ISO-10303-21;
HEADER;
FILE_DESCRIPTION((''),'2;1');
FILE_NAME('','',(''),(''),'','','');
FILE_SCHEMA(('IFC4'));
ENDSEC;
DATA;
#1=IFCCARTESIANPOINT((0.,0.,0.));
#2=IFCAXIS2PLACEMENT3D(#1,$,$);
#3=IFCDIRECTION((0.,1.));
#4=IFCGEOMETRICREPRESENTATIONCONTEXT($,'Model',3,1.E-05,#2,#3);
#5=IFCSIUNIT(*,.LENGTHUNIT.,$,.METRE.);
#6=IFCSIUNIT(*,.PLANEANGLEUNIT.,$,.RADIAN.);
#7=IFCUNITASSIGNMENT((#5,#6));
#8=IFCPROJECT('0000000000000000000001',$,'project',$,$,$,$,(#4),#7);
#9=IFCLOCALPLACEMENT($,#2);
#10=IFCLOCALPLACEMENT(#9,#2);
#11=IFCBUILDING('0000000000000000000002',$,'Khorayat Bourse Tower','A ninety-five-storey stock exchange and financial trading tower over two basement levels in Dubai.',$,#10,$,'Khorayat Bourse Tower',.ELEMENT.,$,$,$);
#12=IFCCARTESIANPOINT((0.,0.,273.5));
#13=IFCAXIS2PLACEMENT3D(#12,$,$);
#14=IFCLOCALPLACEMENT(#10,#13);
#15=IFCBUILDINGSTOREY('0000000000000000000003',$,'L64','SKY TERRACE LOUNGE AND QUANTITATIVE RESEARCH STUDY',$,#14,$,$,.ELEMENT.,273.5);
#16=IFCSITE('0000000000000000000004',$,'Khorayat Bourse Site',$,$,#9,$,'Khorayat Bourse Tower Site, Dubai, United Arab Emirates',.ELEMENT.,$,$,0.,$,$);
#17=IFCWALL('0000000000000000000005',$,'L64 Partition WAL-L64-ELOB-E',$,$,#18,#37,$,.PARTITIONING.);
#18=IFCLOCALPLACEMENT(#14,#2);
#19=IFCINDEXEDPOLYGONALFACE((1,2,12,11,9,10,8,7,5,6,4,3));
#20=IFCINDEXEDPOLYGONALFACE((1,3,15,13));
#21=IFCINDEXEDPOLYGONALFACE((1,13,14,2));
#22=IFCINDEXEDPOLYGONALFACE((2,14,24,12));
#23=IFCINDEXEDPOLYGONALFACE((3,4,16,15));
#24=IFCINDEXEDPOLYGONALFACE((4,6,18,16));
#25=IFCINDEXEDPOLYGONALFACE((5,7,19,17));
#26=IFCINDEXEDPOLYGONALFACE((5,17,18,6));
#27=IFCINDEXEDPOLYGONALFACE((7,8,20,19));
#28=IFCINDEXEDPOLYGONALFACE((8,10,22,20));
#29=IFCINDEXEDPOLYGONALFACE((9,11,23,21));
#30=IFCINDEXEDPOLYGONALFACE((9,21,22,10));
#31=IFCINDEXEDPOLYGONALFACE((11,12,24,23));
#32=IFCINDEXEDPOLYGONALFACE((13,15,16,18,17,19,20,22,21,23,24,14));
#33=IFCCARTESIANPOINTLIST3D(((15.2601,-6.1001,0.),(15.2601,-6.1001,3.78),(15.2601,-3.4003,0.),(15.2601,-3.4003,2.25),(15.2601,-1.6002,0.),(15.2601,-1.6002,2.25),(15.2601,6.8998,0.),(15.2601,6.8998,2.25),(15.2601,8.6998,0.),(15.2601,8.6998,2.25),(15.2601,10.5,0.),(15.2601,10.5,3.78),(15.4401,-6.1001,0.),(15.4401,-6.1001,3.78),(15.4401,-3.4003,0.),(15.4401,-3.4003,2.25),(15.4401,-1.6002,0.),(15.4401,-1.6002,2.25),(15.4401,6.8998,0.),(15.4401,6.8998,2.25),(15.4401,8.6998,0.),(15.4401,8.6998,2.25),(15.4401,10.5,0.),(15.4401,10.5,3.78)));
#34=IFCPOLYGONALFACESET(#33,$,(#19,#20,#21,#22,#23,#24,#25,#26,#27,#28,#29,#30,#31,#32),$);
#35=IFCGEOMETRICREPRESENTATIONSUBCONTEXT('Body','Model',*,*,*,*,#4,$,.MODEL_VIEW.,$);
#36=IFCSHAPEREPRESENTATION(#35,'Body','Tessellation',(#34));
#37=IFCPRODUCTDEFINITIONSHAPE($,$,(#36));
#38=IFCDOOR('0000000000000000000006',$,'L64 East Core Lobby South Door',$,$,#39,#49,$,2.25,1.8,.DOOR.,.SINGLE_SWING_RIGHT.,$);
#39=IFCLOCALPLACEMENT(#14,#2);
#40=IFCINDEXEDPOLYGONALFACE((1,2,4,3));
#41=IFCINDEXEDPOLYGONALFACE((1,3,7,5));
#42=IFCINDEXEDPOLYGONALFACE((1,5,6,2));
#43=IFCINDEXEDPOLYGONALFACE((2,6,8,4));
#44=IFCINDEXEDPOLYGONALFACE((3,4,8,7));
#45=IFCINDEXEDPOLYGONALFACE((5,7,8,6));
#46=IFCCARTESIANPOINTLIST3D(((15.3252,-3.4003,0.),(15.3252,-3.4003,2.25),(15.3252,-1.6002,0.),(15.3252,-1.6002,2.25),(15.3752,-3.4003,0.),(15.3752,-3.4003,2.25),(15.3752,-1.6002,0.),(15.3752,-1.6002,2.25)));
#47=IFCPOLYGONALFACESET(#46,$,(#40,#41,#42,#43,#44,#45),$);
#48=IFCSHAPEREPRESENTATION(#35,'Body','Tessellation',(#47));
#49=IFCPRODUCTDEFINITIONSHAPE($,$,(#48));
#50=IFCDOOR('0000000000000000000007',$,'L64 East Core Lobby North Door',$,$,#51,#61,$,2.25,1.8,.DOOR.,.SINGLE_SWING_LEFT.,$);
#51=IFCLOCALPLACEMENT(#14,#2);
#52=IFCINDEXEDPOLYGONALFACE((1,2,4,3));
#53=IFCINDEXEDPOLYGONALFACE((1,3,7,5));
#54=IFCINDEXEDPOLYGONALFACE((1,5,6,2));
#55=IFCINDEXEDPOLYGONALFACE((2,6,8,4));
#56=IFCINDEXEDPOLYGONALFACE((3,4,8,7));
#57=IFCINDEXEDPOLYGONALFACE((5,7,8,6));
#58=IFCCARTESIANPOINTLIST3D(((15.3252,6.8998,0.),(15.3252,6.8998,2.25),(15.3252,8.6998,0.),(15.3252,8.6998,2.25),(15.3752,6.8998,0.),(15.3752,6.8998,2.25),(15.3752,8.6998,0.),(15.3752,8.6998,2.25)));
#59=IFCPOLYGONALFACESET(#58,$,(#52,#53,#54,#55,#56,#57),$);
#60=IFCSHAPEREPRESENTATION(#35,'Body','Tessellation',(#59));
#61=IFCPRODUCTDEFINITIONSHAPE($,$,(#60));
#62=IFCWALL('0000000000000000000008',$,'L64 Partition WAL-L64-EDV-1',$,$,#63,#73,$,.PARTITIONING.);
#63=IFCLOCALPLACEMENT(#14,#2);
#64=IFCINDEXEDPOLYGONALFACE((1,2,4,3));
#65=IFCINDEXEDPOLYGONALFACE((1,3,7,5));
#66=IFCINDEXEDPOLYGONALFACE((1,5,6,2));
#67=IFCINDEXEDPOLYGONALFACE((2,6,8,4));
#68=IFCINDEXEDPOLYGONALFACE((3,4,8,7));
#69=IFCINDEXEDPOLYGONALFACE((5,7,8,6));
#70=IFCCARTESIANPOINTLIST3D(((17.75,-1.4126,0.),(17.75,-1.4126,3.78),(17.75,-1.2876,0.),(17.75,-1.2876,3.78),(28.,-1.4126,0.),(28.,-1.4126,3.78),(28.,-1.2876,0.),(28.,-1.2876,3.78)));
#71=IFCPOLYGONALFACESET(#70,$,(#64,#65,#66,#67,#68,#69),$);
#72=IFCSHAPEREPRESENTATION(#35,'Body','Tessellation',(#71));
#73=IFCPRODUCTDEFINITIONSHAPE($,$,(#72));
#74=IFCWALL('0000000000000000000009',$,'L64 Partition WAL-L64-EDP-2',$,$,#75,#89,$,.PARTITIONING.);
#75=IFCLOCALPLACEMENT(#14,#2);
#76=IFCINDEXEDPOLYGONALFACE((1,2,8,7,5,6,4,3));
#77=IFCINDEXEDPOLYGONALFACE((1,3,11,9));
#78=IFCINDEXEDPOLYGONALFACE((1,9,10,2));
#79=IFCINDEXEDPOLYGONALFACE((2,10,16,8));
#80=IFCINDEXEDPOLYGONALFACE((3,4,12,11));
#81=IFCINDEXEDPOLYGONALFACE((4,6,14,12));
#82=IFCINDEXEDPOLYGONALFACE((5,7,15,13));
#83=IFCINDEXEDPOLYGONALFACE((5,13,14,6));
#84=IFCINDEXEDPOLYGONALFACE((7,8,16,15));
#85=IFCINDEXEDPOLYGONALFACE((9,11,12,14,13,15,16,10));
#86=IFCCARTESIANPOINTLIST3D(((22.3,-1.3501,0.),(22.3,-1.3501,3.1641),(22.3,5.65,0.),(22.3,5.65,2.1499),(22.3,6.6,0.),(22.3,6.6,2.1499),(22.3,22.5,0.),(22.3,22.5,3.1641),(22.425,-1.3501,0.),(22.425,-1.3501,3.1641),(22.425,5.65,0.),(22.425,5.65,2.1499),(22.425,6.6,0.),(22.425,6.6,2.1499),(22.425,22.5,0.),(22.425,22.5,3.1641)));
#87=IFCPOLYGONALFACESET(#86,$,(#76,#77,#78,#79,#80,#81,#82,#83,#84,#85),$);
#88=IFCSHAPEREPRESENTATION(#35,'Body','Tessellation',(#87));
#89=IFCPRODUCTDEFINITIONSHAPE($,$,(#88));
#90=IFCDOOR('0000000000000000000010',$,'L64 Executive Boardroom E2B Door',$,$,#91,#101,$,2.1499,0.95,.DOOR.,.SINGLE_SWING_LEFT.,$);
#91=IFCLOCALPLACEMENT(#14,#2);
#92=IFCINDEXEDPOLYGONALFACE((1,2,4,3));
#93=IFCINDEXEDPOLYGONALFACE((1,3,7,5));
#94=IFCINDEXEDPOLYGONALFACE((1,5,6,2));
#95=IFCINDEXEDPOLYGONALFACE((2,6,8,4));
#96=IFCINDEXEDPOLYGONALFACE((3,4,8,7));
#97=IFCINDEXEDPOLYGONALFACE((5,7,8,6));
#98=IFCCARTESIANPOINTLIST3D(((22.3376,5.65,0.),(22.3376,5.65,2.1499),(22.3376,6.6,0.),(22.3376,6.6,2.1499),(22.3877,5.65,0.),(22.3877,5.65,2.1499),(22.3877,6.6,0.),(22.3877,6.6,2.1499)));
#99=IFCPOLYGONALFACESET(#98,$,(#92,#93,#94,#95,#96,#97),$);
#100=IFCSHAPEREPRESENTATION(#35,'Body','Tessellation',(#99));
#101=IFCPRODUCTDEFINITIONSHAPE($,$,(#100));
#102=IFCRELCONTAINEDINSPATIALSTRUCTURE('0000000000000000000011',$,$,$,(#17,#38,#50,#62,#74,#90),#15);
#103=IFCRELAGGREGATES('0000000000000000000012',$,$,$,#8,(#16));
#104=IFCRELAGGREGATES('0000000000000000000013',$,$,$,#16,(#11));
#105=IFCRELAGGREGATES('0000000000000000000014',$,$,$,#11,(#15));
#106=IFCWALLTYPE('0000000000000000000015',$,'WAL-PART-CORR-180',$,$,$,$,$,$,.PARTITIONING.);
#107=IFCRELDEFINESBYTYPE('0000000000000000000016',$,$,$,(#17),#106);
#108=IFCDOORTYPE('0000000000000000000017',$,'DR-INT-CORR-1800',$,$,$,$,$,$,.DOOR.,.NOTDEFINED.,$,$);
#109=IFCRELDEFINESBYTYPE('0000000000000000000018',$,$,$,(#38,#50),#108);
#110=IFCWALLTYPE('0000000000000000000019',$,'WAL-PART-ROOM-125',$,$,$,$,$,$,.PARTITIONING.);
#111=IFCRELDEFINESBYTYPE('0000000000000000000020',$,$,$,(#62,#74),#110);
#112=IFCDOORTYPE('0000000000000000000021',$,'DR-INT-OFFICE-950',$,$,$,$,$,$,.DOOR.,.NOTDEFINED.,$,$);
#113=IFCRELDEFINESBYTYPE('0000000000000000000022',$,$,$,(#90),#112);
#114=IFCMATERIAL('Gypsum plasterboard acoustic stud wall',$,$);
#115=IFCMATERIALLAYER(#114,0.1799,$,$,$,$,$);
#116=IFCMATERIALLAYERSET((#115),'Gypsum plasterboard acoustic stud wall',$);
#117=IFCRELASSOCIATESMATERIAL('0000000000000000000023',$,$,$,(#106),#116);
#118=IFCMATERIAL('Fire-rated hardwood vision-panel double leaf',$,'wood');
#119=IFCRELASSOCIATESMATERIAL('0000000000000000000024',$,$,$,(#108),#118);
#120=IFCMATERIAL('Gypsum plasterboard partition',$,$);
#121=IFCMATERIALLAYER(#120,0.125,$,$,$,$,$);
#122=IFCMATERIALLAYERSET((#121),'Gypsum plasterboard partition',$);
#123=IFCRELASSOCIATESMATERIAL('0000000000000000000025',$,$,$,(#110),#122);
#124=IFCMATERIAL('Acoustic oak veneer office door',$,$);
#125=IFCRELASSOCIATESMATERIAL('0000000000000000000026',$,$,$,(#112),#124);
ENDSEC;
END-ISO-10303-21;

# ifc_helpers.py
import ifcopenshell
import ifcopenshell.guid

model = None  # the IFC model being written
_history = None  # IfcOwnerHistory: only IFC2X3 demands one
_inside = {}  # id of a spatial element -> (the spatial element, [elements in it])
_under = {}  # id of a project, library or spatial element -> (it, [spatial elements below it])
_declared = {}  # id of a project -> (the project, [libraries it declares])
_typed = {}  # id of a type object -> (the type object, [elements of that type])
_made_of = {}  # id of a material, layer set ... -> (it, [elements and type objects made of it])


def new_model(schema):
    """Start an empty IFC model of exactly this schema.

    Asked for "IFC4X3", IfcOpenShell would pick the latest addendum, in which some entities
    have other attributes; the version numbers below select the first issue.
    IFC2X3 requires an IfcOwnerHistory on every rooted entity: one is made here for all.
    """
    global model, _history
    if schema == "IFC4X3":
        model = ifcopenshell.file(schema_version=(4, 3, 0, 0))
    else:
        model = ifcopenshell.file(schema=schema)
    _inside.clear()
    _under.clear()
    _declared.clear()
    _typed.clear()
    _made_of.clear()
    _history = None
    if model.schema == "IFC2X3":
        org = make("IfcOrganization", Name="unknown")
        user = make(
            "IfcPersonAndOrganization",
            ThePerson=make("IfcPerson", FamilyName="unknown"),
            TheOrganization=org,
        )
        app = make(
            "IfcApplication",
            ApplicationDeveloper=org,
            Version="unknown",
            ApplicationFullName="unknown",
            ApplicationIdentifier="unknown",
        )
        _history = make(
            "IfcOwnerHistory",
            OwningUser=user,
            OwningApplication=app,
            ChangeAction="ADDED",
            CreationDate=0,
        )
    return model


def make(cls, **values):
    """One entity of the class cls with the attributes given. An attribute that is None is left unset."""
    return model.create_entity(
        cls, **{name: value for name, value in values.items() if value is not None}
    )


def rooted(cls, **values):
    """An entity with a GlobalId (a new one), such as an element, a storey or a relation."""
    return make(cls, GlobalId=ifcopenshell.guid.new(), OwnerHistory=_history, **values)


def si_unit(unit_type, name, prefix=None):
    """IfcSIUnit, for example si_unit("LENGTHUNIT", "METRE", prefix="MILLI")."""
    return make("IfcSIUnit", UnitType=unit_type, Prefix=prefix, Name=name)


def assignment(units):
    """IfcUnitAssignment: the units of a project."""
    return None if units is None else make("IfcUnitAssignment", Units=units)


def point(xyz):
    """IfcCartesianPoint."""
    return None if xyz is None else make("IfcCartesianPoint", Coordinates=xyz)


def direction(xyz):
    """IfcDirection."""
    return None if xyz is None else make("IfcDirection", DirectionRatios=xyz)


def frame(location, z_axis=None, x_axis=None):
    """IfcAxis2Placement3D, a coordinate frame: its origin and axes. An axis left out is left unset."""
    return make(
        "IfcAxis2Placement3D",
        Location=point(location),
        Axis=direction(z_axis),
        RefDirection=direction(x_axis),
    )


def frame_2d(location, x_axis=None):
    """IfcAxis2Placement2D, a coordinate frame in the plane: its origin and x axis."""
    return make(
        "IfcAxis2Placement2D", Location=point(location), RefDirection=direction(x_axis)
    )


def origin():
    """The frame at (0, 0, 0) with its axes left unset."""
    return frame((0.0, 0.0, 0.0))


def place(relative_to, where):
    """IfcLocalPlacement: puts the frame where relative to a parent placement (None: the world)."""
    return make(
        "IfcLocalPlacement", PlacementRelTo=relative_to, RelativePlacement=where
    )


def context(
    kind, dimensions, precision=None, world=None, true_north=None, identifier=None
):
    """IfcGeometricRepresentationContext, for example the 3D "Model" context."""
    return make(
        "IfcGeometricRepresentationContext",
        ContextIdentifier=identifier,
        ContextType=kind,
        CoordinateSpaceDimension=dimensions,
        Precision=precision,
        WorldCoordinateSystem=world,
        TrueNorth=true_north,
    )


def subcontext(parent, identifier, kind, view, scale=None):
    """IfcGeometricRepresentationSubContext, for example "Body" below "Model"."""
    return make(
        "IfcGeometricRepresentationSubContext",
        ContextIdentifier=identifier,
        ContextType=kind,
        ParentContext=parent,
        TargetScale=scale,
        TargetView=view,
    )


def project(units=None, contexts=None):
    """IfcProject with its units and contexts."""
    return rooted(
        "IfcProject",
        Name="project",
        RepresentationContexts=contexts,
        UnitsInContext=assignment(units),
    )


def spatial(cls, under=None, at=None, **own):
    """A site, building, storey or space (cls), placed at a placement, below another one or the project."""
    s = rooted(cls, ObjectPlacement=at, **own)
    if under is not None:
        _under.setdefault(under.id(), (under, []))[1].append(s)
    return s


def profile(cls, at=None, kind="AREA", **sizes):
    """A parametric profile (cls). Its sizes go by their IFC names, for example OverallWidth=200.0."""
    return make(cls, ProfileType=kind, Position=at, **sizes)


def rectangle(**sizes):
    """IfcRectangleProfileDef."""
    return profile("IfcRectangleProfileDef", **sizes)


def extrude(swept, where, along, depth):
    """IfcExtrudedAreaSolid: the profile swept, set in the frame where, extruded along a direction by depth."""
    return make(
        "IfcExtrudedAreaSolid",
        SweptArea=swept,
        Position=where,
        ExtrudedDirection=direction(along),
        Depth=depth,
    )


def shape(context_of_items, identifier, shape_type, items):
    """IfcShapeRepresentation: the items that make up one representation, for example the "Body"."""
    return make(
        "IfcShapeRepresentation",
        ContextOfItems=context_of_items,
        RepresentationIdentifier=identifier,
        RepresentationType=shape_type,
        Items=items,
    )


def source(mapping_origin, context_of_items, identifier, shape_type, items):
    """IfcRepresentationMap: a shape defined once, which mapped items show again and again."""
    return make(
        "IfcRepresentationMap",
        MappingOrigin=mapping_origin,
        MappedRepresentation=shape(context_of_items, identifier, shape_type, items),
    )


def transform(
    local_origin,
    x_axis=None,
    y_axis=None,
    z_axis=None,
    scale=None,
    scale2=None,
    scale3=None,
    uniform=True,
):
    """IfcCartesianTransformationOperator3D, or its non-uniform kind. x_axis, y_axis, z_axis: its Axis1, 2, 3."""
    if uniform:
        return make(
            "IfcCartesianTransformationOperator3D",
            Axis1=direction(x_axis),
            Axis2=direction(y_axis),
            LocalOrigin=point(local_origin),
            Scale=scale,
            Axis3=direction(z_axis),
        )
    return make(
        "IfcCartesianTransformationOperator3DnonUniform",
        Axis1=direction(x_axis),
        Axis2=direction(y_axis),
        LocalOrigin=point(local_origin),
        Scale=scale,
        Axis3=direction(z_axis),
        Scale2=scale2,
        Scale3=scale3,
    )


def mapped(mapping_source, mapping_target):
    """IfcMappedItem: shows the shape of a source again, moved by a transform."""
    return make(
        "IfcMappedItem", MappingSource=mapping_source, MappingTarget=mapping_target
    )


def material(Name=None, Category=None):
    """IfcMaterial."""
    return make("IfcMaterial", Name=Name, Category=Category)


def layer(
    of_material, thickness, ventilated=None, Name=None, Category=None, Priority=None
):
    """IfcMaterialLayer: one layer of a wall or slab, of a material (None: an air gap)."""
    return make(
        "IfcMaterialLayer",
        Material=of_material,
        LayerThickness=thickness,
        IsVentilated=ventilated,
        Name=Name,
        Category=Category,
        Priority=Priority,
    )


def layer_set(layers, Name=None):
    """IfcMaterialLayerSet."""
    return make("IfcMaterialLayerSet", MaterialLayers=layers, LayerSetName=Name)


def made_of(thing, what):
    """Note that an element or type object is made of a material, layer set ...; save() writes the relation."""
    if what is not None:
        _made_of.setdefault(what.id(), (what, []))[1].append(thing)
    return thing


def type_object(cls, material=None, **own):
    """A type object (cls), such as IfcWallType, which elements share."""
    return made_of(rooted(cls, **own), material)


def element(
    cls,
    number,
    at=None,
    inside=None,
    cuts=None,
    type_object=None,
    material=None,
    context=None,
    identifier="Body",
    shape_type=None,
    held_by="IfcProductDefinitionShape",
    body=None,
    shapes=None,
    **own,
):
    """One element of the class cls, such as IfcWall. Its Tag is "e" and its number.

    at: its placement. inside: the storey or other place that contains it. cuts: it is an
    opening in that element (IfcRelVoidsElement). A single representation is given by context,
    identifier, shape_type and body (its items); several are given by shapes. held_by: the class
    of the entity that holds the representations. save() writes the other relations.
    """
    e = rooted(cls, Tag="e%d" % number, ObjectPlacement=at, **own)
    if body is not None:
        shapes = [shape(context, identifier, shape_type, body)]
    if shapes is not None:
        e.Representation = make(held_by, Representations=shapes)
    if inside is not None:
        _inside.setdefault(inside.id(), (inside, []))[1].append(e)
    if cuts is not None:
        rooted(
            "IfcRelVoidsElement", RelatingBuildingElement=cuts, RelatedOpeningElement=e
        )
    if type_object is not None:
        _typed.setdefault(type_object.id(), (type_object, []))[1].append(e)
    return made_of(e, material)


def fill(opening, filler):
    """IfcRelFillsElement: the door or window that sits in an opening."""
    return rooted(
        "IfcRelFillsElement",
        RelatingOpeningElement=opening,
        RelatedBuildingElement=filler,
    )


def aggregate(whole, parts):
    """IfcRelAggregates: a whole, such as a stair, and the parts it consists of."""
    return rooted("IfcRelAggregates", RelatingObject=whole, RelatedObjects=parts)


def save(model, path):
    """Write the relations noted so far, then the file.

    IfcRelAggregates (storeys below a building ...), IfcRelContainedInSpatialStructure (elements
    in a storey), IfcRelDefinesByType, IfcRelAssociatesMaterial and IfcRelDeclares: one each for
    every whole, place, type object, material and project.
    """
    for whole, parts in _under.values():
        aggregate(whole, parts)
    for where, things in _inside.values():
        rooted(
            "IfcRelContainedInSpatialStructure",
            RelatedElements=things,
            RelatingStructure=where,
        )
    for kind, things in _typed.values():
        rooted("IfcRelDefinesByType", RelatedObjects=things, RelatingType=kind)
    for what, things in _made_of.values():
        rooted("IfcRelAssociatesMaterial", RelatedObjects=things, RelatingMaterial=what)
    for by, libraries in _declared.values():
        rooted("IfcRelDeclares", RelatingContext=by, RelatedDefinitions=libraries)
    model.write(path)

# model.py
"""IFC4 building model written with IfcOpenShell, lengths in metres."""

from ifc_helpers import new_model, si_unit, direction, frame, frame_2d, origin, place, context, subcontext, project, spatial, rectangle, extrude, source, transform, mapped, material, layer, layer_set, type_object, element, fill, save


model = new_model("IFC4")

# Units and contexts
model_context = context("Model", 3, precision=1e-05, world=origin(), true_north=direction((0.0, 1.0)))
body_context = subcontext(model_context, "Body", "Model", "MODEL_VIEW")
ifc_project = project(units=[si_unit("LENGTHUNIT", "METRE"), si_unit("PLANEANGLEUNIT", "RADIAN")], contexts=[model_context])

# Site, building, storey
site_placement = place(None, origin())
site = spatial("IfcSite", under=ifc_project, at=site_placement, Name="Khorayat Bourse Site", LongName="Khorayat Bourse Tower Site, Dubai, United Arab Emirates", CompositionType="ELEMENT", RefElevation=0.0)
building_placement = place(site_placement, origin())
building = spatial("IfcBuilding", under=site, at=building_placement, Name="Khorayat Bourse Tower", Description="A ninety-five-storey stock exchange and financial trading tower over two basement levels in Dubai.", LongName="Khorayat Bourse Tower", CompositionType="ELEMENT")
storey_placement = place(building_placement, frame((0.0, 0.0, 273.5)))
storey = spatial("IfcBuildingStorey", under=building, at=storey_placement, Name="L64", Description="SKY TERRACE LOUNGE AND QUANTITATIVE RESEARCH STUDY", CompositionType="ELEMENT", Elevation=273.5)

# Wall, openings, doors
ifc_material_1 = material(Name="Gypsum plasterboard acoustic stud wall")
ifc_layer_1 = layer(ifc_material_1, 0.1799)
ifc_layer_set_1 = layer_set([ifc_layer_1], Name="Gypsum plasterboard acoustic stud wall")
wall_type_1 = type_object("IfcWallType", Name="WAL-PART-CORR-180", PredefinedType="PARTITIONING", material=ifc_layer_set_1)
shared_shape_1 = source(origin(), body_context, "Body", "SweptSolid", [
    extrude(rectangle(XDim=16.6001, YDim=0.1799, at=frame_2d((8.3, 0.0))), origin(), (0.0, 0.0, 1.0), 3.78),
])
wall_1_placement = place(storey_placement, frame((15.3501, -6.1001, 0.0), z_axis=(0.0, 0.0, 1.0), x_axis=(0.0, 1.0, 0.0)))
wall_1 = element("IfcWall", 1, at=wall_1_placement, inside=storey, type_object=wall_type_1, Name="L64 Partition WAL-L64-ELOB-E", PredefinedType="PARTITIONING", context=body_context, shape_type="MappedRepresentation", body=[
    mapped(shared_shape_1, transform((0.0, 0.0, 0.0), scale=1.0)),
])
shared_shape_2 = source(origin(), body_context, "Body", "SweptSolid", [
    extrude(rectangle(XDim=1.8, YDim=2.25, at=frame_2d((0.8999, 1.125))), frame((0.0, 0.0999, 0.0), z_axis=(0.0, -1.0, 0.0), x_axis=(1.0, 0.0, 0.0)), (0.0, 0.0, 1.0), 0.2),
])
opening_1_placement = place(wall_1_placement, frame((2.7, 0.0, 0.0)))
opening_1 = element("IfcOpeningElement", 2, at=opening_1_placement, cuts=wall_1, PredefinedType="OPENING", context=body_context, shape_type="MappedRepresentation", body=[
    mapped(shared_shape_2, transform((0.0, 0.0, 0.0), scale=1.0)),
])
opening_2_placement = place(wall_1_placement, frame((13.0, 0.0, 0.0)))
opening_2 = element("IfcOpeningElement", 3, at=opening_2_placement, cuts=wall_1, PredefinedType="OPENING", context=body_context, shape_type="MappedRepresentation", body=[
    mapped(shared_shape_2, transform((0.0, 0.0, 0.0), scale=1.0)),
])
ifc_material_2 = material(Name="Fire-rated hardwood vision-panel double leaf", Category="wood")
door_type_1 = type_object("IfcDoorType", Name="DR-INT-CORR-1800", OperationType="NOTDEFINED", PredefinedType="DOOR", material=ifc_material_2)
shared_shape_3 = source(origin(), body_context, "Body", "SweptSolid", [
    extrude(rectangle(XDim=1.8, YDim=2.25, at=frame_2d((0.8999, 1.125))), frame((0.0, 0.0249, 0.0), z_axis=(0.0, -1.0, 0.0), x_axis=(1.0, 0.0, 0.0)), (0.0, 0.0, 1.0), 0.05),
])
door_1_placement = place(opening_1_placement, origin())
door_1 = element("IfcDoor", 4, at=door_1_placement, inside=storey, type_object=door_type_1, Name="L64 East Core Lobby South Door", OperationType="SINGLE_SWING_RIGHT", OverallHeight=2.25, OverallWidth=1.8, PredefinedType="DOOR", context=body_context, shape_type="MappedRepresentation", body=[
    mapped(shared_shape_3, transform((0.0, 0.0, 0.0), scale=1.0)),
])
fill(opening_1, door_1)
door_2_placement = place(opening_2_placement, origin())
door_2 = element("IfcDoor", 5, at=door_2_placement, inside=storey, type_object=door_type_1, Name="L64 East Core Lobby North Door", OperationType="SINGLE_SWING_LEFT", OverallHeight=2.25, OverallWidth=1.8, PredefinedType="DOOR", context=body_context, shape_type="MappedRepresentation", body=[
    mapped(shared_shape_3, transform((0.0, 0.0, 0.0), scale=1.0)),
])
fill(opening_2, door_2)

# Wall
ifc_material_3 = material(Name="Gypsum plasterboard partition")
ifc_layer_2 = layer(ifc_material_3, 0.125)
ifc_layer_set_2 = layer_set([ifc_layer_2], Name="Gypsum plasterboard partition")
wall_type_2 = type_object("IfcWallType", Name="WAL-PART-ROOM-125", PredefinedType="PARTITIONING", material=ifc_layer_set_2)
shared_shape_4 = source(origin(), body_context, "Body", "SweptSolid", [
    extrude(rectangle(XDim=10.25, YDim=0.125, at=frame_2d((5.125, 0.0))), origin(), (0.0, 0.0, 1.0), 3.78),
])
wall_2_placement = place(storey_placement, frame((17.75, -1.3501, 0.0), z_axis=(0.0, 0.0, 1.0), x_axis=(1.0, 0.0, 0.0)))
element("IfcWall", 6, at=wall_2_placement, inside=storey, type_object=wall_type_2, Name="L64 Partition WAL-L64-EDV-1", PredefinedType="PARTITIONING", context=body_context, shape_type="MappedRepresentation", body=[
    mapped(shared_shape_4, transform((0.0, 0.0, 0.0), scale=1.0)),
])

# Wall, opening, door
shared_shape_5 = source(origin(), body_context, "Body", "SweptSolid", [
    extrude(rectangle(XDim=23.8501, YDim=0.125, at=frame_2d((11.925, 0.0))), origin(), (0.0, 0.0, 1.0), 3.1641),
])
wall_3_placement = place(storey_placement, frame((22.3625, -1.3501, 0.0), z_axis=(0.0, 0.0, 1.0), x_axis=(0.0, 1.0, 0.0)))
wall_3 = element("IfcWall", 7, at=wall_3_placement, inside=storey, type_object=wall_type_2, Name="L64 Partition WAL-L64-EDP-2", PredefinedType="PARTITIONING", context=body_context, shape_type="MappedRepresentation", body=[
    mapped(shared_shape_5, transform((0.0, 0.0, 0.0), scale=1.0)),
])
shared_shape_6 = source(origin(), body_context, "Body", "SweptSolid", [
    extrude(rectangle(XDim=0.95, YDim=2.1499, at=frame_2d((0.4751, 1.075))), frame((0.0, 0.0725, 0.0), z_axis=(0.0, -1.0, 0.0), x_axis=(1.0, 0.0, 0.0)), (0.0, 0.0, 1.0), 0.145),
])
opening_3_placement = place(wall_3_placement, frame((7.0, 0.0, 0.0)))
opening_3 = element("IfcOpeningElement", 8, at=opening_3_placement, cuts=wall_3, PredefinedType="OPENING", context=body_context, shape_type="MappedRepresentation", body=[
    mapped(shared_shape_6, transform((0.0, 0.0, 0.0), scale=1.0)),
])
ifc_material_4 = material(Name="Acoustic oak veneer office door")
door_type_2 = type_object("IfcDoorType", Name="DR-INT-OFFICE-950", OperationType="NOTDEFINED", PredefinedType="DOOR", material=ifc_material_4)
shared_shape_7 = source(origin(), body_context, "Body", "SweptSolid", [
    extrude(rectangle(XDim=0.95, YDim=2.1499, at=frame_2d((0.4751, 1.075))), frame((0.0, 0.0249, 0.0), z_axis=(0.0, -1.0, 0.0), x_axis=(1.0, 0.0, 0.0)), (0.0, 0.0, 1.0), 0.05),
])
door_3_placement = place(opening_3_placement, origin())
door_3 = element("IfcDoor", 9, at=door_3_placement, inside=storey, type_object=door_type_2, Name="L64 Executive Boardroom E2B Door", OperationType="SINGLE_SWING_LEFT", OverallHeight=2.1499, OverallWidth=0.95, PredefinedType="DOOR", context=body_context, shape_type="MappedRepresentation", body=[
    mapped(shared_shape_7, transform((0.0, 0.0, 0.0), scale=1.0)),
])
fill(opening_3, door_3)

save(model, "model.ifc")
